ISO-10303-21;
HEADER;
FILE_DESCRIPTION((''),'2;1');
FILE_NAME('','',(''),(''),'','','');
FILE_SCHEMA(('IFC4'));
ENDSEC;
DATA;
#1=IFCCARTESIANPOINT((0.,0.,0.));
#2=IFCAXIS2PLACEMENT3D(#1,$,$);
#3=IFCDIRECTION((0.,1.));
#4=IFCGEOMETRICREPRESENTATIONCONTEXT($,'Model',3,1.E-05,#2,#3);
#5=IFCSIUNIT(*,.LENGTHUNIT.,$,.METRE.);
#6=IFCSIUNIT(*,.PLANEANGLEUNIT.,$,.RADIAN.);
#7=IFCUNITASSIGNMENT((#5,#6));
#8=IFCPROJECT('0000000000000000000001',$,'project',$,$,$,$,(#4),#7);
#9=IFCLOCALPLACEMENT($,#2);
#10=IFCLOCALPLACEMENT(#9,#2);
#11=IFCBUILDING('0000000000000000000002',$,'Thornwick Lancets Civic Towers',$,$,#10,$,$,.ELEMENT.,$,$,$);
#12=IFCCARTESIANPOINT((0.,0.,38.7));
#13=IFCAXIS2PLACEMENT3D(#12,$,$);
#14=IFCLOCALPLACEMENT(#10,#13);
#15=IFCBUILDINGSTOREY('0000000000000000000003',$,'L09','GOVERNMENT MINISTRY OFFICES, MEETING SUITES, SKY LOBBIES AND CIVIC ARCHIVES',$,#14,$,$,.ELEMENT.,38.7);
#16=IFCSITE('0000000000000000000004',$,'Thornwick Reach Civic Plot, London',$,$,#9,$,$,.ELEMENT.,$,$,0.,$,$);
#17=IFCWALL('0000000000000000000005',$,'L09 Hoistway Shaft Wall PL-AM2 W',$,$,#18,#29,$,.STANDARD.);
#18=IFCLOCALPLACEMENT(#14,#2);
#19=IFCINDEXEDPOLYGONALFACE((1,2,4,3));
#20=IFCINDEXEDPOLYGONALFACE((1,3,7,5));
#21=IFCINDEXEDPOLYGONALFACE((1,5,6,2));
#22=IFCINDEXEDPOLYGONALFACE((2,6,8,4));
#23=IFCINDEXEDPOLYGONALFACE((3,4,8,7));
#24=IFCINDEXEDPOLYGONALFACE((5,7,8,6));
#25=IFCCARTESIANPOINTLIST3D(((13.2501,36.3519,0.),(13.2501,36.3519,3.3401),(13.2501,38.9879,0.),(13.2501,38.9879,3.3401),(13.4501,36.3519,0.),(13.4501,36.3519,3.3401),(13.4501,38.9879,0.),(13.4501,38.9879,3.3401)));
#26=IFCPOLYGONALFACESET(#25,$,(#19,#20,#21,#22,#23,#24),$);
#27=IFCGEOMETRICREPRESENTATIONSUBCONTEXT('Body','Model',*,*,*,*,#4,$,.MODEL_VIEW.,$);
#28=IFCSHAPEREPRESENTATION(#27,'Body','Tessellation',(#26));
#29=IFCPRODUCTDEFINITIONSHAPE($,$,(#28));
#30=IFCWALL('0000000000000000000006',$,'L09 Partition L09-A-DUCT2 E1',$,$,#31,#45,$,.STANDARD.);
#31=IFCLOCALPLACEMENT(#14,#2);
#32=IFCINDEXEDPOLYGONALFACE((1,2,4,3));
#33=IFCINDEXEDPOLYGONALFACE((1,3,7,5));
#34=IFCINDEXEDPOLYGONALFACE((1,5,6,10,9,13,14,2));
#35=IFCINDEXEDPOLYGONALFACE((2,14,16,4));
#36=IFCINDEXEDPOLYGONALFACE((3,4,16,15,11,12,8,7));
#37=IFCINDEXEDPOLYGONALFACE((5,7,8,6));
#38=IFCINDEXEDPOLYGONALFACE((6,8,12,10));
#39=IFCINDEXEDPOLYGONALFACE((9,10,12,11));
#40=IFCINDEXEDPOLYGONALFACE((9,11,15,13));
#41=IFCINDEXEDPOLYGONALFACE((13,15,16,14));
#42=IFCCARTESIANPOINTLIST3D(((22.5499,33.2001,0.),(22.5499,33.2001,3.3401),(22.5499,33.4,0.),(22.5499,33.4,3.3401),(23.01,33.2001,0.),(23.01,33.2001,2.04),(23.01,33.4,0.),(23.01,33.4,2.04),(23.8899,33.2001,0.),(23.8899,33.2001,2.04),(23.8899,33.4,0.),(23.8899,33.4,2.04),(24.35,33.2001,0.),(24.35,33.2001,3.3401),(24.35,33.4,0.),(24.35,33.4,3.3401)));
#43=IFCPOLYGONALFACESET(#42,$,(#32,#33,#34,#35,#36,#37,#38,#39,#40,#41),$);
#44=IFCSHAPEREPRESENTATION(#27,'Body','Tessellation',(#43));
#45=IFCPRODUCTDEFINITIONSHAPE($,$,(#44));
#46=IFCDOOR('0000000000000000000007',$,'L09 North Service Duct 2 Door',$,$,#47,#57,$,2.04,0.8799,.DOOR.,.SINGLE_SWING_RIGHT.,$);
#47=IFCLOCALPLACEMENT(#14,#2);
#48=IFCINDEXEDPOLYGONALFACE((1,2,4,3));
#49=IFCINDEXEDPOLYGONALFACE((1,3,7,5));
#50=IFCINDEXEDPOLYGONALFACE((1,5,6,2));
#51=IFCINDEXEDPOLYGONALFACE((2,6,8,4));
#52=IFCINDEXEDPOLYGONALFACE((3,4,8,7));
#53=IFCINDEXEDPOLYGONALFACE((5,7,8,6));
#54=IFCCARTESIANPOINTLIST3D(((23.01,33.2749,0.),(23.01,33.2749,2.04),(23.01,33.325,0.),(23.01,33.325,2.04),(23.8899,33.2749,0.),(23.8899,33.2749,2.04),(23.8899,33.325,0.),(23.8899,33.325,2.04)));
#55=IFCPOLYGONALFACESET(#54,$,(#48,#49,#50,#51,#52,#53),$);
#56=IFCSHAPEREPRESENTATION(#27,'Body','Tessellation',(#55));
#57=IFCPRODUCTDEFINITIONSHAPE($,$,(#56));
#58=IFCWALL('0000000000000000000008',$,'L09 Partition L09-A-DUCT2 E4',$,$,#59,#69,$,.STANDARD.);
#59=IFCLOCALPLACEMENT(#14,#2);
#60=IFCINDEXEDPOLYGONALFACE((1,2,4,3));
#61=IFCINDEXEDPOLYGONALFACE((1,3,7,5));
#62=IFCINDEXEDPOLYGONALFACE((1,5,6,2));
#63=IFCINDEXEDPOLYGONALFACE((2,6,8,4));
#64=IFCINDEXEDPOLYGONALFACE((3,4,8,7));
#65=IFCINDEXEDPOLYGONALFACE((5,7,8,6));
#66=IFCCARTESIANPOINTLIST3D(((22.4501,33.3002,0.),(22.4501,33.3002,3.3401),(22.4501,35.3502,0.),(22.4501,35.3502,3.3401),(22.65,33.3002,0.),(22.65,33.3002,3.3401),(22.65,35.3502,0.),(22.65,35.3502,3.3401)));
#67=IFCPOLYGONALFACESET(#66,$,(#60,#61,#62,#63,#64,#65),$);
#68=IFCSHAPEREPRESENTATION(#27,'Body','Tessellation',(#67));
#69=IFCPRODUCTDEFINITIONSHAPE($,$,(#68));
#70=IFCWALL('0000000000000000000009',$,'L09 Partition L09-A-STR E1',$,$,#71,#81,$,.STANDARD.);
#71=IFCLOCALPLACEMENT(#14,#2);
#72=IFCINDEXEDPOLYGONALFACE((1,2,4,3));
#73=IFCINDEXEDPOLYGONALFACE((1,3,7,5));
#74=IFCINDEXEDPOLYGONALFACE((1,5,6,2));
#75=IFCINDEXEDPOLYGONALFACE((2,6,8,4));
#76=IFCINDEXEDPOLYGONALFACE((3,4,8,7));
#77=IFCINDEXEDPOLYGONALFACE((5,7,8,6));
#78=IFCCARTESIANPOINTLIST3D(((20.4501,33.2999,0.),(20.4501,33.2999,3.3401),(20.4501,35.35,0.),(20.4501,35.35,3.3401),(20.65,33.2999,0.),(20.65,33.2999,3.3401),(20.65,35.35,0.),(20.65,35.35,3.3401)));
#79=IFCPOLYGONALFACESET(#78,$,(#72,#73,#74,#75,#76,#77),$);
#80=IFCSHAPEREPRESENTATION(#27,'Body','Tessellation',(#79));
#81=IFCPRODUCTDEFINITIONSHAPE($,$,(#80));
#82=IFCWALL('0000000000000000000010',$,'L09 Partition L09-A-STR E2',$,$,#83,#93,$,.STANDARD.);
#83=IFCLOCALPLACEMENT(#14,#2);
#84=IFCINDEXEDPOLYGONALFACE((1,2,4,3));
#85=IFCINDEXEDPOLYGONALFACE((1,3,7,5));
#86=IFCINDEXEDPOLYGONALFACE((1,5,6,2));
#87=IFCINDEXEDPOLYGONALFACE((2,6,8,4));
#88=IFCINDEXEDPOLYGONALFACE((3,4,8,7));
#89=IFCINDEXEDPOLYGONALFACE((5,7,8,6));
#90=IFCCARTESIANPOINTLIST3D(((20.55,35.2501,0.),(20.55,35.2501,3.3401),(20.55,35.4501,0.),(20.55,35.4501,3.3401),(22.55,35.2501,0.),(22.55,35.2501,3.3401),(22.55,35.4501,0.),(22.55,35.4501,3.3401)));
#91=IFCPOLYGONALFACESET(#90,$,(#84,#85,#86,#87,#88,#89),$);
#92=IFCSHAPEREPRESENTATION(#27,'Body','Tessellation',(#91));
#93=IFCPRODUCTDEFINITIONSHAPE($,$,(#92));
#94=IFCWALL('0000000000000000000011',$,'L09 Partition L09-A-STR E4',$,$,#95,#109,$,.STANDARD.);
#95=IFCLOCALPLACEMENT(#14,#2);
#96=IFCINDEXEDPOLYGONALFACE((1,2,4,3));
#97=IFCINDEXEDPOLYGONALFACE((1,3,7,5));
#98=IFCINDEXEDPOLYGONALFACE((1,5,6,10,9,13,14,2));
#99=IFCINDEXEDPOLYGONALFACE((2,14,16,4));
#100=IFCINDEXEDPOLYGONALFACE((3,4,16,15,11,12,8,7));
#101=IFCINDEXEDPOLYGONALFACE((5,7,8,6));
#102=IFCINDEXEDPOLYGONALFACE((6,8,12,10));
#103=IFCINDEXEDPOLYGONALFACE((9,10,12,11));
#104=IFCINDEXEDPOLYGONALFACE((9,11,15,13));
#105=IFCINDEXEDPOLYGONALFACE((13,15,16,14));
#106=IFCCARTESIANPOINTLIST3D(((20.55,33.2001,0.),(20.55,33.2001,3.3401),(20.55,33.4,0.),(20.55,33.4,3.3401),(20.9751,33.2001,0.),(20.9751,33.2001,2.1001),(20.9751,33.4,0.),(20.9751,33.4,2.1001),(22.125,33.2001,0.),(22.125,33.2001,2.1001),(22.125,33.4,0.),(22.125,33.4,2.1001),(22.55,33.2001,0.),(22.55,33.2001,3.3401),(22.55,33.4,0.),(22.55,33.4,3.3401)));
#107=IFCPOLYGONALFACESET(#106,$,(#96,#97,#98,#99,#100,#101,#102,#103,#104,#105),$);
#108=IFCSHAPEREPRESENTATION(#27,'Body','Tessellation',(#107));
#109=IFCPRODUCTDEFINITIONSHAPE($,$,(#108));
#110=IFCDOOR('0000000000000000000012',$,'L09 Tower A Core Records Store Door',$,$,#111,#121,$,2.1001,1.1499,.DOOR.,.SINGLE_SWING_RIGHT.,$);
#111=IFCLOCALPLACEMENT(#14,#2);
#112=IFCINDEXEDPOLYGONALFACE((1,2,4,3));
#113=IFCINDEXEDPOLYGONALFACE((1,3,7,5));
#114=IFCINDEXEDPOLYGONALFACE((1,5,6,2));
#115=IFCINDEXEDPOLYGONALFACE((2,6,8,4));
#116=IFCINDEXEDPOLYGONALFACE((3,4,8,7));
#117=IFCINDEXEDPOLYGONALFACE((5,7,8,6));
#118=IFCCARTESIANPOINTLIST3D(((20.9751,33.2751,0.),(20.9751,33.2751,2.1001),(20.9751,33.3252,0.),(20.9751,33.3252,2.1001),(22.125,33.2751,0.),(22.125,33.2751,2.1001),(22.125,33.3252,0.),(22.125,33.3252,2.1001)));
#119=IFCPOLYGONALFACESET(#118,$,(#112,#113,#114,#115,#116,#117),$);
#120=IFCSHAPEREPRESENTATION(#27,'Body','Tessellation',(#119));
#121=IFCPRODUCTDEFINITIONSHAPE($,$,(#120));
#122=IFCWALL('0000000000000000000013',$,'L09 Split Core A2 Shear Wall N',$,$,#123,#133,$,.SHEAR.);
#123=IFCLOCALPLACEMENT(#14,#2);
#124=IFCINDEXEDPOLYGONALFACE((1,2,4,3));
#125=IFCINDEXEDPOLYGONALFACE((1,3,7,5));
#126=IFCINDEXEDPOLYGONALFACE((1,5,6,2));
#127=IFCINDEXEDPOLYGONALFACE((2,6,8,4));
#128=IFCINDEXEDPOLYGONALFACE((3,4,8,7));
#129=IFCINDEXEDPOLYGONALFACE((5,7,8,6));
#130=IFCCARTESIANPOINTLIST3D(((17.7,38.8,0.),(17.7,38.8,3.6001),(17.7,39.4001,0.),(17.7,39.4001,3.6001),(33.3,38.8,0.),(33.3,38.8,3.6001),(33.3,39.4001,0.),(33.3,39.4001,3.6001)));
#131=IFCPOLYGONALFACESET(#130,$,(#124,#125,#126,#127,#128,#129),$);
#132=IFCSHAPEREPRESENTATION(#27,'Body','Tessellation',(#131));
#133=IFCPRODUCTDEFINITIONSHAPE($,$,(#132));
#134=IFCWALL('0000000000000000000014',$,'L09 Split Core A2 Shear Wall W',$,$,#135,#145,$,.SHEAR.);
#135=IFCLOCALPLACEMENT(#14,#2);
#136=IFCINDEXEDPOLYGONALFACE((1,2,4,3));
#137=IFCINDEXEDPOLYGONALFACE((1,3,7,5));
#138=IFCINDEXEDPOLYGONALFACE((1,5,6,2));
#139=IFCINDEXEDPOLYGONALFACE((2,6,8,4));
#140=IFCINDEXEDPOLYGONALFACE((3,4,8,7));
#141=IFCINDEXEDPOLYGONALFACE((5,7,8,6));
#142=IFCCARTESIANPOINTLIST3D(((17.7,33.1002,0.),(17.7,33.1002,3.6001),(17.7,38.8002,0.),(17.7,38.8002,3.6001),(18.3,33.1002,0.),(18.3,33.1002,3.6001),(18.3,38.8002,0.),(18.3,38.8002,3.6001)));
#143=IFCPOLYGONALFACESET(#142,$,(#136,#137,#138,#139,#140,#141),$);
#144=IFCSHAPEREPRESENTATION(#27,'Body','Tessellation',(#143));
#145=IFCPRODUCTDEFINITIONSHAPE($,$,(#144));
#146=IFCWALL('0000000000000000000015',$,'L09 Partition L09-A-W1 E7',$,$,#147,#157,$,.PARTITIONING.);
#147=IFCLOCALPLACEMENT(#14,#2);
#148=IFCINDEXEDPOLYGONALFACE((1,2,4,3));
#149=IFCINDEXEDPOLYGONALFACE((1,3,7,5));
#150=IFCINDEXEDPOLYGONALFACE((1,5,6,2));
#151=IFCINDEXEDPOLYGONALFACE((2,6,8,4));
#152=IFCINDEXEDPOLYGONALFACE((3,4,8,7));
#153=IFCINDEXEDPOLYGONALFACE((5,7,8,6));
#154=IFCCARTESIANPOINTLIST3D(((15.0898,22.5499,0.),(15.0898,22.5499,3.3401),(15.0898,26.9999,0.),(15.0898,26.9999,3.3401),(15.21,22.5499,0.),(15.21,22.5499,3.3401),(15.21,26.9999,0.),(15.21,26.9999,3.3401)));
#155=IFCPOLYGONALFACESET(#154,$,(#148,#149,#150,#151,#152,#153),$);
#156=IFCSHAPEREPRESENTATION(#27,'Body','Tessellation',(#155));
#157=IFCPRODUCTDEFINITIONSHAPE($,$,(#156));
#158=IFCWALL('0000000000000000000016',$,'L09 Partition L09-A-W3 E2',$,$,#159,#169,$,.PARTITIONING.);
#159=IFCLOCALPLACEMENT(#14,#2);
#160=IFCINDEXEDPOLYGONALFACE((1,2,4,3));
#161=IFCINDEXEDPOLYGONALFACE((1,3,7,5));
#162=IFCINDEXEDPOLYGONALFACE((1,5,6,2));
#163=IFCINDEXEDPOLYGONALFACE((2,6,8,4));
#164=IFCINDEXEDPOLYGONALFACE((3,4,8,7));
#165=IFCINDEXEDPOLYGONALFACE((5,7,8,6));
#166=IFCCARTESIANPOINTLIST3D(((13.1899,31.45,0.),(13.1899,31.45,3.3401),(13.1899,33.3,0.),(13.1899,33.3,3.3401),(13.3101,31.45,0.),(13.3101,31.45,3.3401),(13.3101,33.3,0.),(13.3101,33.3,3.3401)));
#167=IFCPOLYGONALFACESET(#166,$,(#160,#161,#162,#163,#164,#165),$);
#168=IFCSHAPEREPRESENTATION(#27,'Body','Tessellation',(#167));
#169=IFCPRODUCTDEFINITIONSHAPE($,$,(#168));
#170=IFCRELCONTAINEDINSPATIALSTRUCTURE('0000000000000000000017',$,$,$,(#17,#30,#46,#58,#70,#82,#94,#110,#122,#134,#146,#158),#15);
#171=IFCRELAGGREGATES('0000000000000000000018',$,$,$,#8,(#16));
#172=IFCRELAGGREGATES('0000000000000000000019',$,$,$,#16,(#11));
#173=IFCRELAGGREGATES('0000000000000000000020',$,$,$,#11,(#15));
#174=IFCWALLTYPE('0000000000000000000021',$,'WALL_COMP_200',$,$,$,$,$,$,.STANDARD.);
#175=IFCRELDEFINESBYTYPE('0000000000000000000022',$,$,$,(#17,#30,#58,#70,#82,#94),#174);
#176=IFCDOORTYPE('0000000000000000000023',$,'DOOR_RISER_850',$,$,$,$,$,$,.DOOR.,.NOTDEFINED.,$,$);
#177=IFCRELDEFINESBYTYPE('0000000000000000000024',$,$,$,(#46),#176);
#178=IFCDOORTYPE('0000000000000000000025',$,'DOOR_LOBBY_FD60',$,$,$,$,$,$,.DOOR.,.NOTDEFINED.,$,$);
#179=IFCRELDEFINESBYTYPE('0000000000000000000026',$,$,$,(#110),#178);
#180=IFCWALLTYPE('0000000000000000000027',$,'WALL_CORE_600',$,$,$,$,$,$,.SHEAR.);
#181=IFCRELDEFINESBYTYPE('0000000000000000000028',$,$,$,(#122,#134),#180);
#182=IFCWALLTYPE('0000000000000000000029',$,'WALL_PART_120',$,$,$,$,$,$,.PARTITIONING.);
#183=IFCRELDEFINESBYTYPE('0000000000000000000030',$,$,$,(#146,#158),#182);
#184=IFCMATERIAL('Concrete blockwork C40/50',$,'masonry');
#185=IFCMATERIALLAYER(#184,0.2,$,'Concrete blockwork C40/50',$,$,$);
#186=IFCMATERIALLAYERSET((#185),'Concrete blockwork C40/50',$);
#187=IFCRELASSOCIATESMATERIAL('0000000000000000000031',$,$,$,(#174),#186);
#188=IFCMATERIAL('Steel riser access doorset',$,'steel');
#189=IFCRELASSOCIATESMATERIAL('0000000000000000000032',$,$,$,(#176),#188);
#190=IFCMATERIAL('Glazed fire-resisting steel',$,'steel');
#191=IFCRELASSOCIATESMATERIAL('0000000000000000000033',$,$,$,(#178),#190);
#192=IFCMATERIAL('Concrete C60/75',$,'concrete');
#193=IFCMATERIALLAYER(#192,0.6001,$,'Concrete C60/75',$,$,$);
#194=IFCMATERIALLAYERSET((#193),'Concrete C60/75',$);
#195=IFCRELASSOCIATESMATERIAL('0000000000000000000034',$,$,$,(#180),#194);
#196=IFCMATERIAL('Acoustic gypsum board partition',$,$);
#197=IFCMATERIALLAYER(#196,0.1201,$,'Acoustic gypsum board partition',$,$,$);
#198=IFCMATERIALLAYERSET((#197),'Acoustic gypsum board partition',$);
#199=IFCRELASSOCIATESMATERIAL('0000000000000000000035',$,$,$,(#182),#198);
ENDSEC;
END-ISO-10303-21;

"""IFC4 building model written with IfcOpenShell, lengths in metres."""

from ifc_helpers import new_model, si_unit, direction, frame, frame_2d, origin, place, context, subcontext, project, spatial, rectangle, extrude, material, layer, layer_set, type_object, element, fill, save


model = new_model("IFC4")

# Units and contexts
model_context = context("Model", 3, precision=1e-05, world=origin(), true_north=direction((0.0, 1.0)))
body_context = subcontext(model_context, "Body", "Model", "MODEL_VIEW")
ifc_project = project(units=[si_unit("LENGTHUNIT", "METRE"), si_unit("PLANEANGLEUNIT", "RADIAN")], contexts=[model_context])

# Site, building, storey
site_placement = place(None, origin())
site = spatial("IfcSite", under=ifc_project, at=site_placement, Name="Thornwick Reach Civic Plot, London", CompositionType="ELEMENT", RefElevation=0.0)
building_placement = place(site_placement, origin())
building = spatial("IfcBuilding", under=site, at=building_placement, Name="Thornwick Lancets Civic Towers", CompositionType="ELEMENT")
storey_placement = place(building_placement, frame((0.0, 0.0, 38.7)))
storey = spatial("IfcBuildingStorey", under=building, at=storey_placement, Name="L09", Description="GOVERNMENT MINISTRY OFFICES, MEETING SUITES, SKY LOBBIES AND CIVIC ARCHIVES", CompositionType="ELEMENT", Elevation=38.7)

# Shared definitions
ifc_material_1 = material(Name="Concrete C60/75", Category="concrete")

# Wall
ifc_material_2 = material(Name="Concrete blockwork C40/50", Category="masonry")
ifc_layer_1 = layer(ifc_material_2, 0.2, Name="Concrete blockwork C40/50")
ifc_layer_set_1 = layer_set([ifc_layer_1], Name="Concrete blockwork C40/50")
wall_type_1 = type_object("IfcWallType", Name="WALL_COMP_200", PredefinedType="STANDARD", material=ifc_layer_set_1)
for number, where, z_axis, x_axis, name in (
    (1, (13.3501, 36.3521, 0.0), (0.0, 0.0, 1.0), (0.0, 1.0, 0.0), "L09 Hoistway Shaft Wall PL-AM2 W"),
):
    element("IfcWall", number, at=place(storey_placement, frame(where, z_axis=z_axis, x_axis=x_axis)), inside=storey, type_object=wall_type_1, Name=name, PredefinedType="STANDARD", context=body_context, shape_type="SweptSolid", body=[
        extrude(rectangle(XDim=2.636, YDim=0.2, at=frame_2d((1.3179, 0.0))), origin(), (0.0, 0.0, 1.0), 3.3401),
    ])

# Wall, opening, door
wall_1_placement = place(storey_placement, frame((22.55, 33.3, 0.0), z_axis=(0.0, 0.0, 1.0), x_axis=(1.0, 0.0, 0.0)))
wall_1 = element("IfcWall", 2, at=wall_1_placement, inside=storey, type_object=wall_type_1, Name="L09 Partition L09-A-DUCT2 E1", PredefinedType="STANDARD", context=body_context, shape_type="SweptSolid", body=[
    extrude(rectangle(XDim=1.8, YDim=0.2, at=frame_2d((0.8999, 0.0))), origin(), (0.0, 0.0, 1.0), 3.3401),
])
opening_1_placement = place(wall_1_placement, frame((0.46, 0.0, 0.0)))
opening_1 = element("IfcOpeningElement", 3, at=opening_1_placement, cuts=wall_1, PredefinedType="OPENING", context=body_context, shape_type="SweptSolid", body=[
    extrude(rectangle(XDim=0.8799, YDim=2.04, at=frame_2d((0.4399, 1.02))), frame((0.0, 0.1099, 0.0), z_axis=(0.0, -1.0, 0.0), x_axis=(1.0, 0.0, 0.0)), (0.0, 0.0, 1.0), 0.22),
])
ifc_material_3 = material(Name="Steel riser access doorset", Category="steel")
door_type_1 = type_object("IfcDoorType", Name="DOOR_RISER_850", OperationType="NOTDEFINED", PredefinedType="DOOR", material=ifc_material_3)
door_1_placement = place(opening_1_placement, origin())
door_1 = element("IfcDoor", 4, at=door_1_placement, inside=storey, type_object=door_type_1, Name="L09 North Service Duct 2 Door", OperationType="SINGLE_SWING_RIGHT", OverallHeight=2.04, OverallWidth=0.8799, PredefinedType="DOOR", context=body_context, shape_type="SweptSolid", body=[
    extrude(rectangle(XDim=0.8799, YDim=2.04, at=frame_2d((0.4399, 1.02))), frame((0.0, 0.0249, 0.0), z_axis=(0.0, -1.0, 0.0), x_axis=(1.0, 0.0, 0.0)), (0.0, 0.0, 1.0), 0.05),
])
fill(opening_1, door_1)

# Walls
for number, where, z_axis, x_axis, name in (
    (5, (22.55, 35.3501, 0.0), (0.0, 0.0, 1.0), (0.0, -1.0, 0.0), "L09 Partition L09-A-DUCT2 E4"),
    (6, (20.55, 33.3, 0.0), (0.0, 0.0, 1.0), (0.0, 1.0, 0.0), "L09 Partition L09-A-STR E1"),
):
    element("IfcWall", number, at=place(storey_placement, frame(where, z_axis=z_axis, x_axis=x_axis)), inside=storey, type_object=wall_type_1, Name=name, PredefinedType="STANDARD", context=body_context, shape_type="SweptSolid", body=[
        extrude(rectangle(XDim=2.05, YDim=0.2, at=frame_2d((1.0249, 0.0))), origin(), (0.0, 0.0, 1.0), 3.3401),
    ])
wall_2_placement = place(storey_placement, frame((20.55, 35.3501, 0.0), z_axis=(0.0, 0.0, 1.0), x_axis=(1.0, 0.0, 0.0)))
element("IfcWall", 7, at=wall_2_placement, inside=storey, type_object=wall_type_1, Name="L09 Partition L09-A-STR E2", PredefinedType="STANDARD", context=body_context, shape_type="SweptSolid", body=[
    extrude(rectangle(XDim=2.0, YDim=0.2, at=frame_2d((1.0, 0.0))), origin(), (0.0, 0.0, 1.0), 3.3401),
])

# Wall, opening, door
wall_3_placement = place(storey_placement, frame((22.55, 33.3, 0.0), z_axis=(0.0, 0.0, 1.0), x_axis=(-1.0, 0.0, 0.0)))
wall_3 = element("IfcWall", 8, at=wall_3_placement, inside=storey, type_object=wall_type_1, Name="L09 Partition L09-A-STR E4", PredefinedType="STANDARD", context=body_context, shape_type="SweptSolid", body=[
    extrude(rectangle(XDim=2.0, YDim=0.2, at=frame_2d((1.0, 0.0))), origin(), (0.0, 0.0, 1.0), 3.3401),
])
opening_2_placement = place(wall_3_placement, frame((0.425, 0.0, 0.0)))
opening_2 = element("IfcOpeningElement", 9, at=opening_2_placement, cuts=wall_3, PredefinedType="OPENING", context=body_context, shape_type="SweptSolid", body=[
    extrude(rectangle(XDim=1.1499, YDim=2.1001, at=frame_2d((0.575, 1.05))), frame((0.0, 0.1099, 0.0), z_axis=(0.0, -1.0, 0.0), x_axis=(1.0, 0.0, 0.0)), (0.0, 0.0, 1.0), 0.22),
])
ifc_material_4 = material(Name="Glazed fire-resisting steel", Category="steel")
door_type_2 = type_object("IfcDoorType", Name="DOOR_LOBBY_FD60", OperationType="NOTDEFINED", PredefinedType="DOOR", material=ifc_material_4)
door_2_placement = place(opening_2_placement, origin())
door_2 = element("IfcDoor", 10, at=door_2_placement, inside=storey, type_object=door_type_2, Name="L09 Tower A Core Records Store Door", OperationType="SINGLE_SWING_RIGHT", OverallHeight=2.1001, OverallWidth=1.1499, PredefinedType="DOOR", context=body_context, shape_type="SweptSolid", body=[
    extrude(rectangle(XDim=1.1499, YDim=2.1001, at=frame_2d((0.575, 1.05))), frame((0.0, 0.0249, 0.0), z_axis=(0.0, -1.0, 0.0), x_axis=(1.0, 0.0, 0.0)), (0.0, 0.0, 1.0), 0.05),
])
fill(opening_2, door_2)

# Walls
ifc_layer_2 = layer(ifc_material_1, 0.6001, Name="Concrete C60/75")
ifc_layer_set_2 = layer_set([ifc_layer_2], Name="Concrete C60/75")
wall_type_2 = type_object("IfcWallType", Name="WALL_CORE_600", PredefinedType="SHEAR", material=ifc_layer_set_2)
wall_4_placement = place(storey_placement, frame((17.7, 39.1001, 0.0), z_axis=(0.0, 0.0, 1.0), x_axis=(1.0, 0.0, 0.0)))
element("IfcWall", 11, at=wall_4_placement, inside=storey, type_object=wall_type_2, Name="L09 Split Core A2 Shear Wall N", PredefinedType="SHEAR", context=body_context, shape_type="SweptSolid", body=[
    extrude(rectangle(XDim=15.6001, YDim=0.6001, at=frame_2d((7.8, 0.0))), origin(), (0.0, 0.0, 1.0), 3.6001),
])
wall_5_placement = place(storey_placement, frame((18.0, 33.1001, 0.0), z_axis=(0.0, 0.0, 1.0), x_axis=(0.0, 1.0, 0.0)))
element("IfcWall", 12, at=wall_5_placement, inside=storey, type_object=wall_type_2, Name="L09 Split Core A2 Shear Wall W", PredefinedType="SHEAR", context=body_context, shape_type="SweptSolid", body=[
    extrude(rectangle(XDim=5.7, YDim=0.6001, at=frame_2d((2.8501, 0.0))), origin(), (0.0, 0.0, 1.0), 3.6001),
])
ifc_material_5 = material(Name="Acoustic gypsum board partition")
ifc_layer_3 = layer(ifc_material_5, 0.1201, Name="Acoustic gypsum board partition")
ifc_layer_set_3 = layer_set([ifc_layer_3], Name="Acoustic gypsum board partition")
wall_type_3 = type_object("IfcWallType", Name="WALL_PART_120", PredefinedType="PARTITIONING", material=ifc_layer_set_3)
wall_6_placement = place(storey_placement, frame((15.1499, 27.0, 0.0), z_axis=(0.0, 0.0, 1.0), x_axis=(0.0, -1.0, 0.0)))
element("IfcWall", 13, at=wall_6_placement, inside=storey, type_object=wall_type_3, Name="L09 Partition L09-A-W1 E7", PredefinedType="PARTITIONING", context=body_context, shape_type="SweptSolid", body=[
    extrude(rectangle(XDim=4.45, YDim=0.1201, at=frame_2d((2.2251, 0.0))), origin(), (0.0, 0.0, 1.0), 3.3401),
])
wall_7_placement = place(storey_placement, frame((13.25, 33.3, 0.0), z_axis=(0.0, 0.0, 1.0), x_axis=(0.0, -1.0, 0.0)))
element("IfcWall", 14, at=wall_7_placement, inside=storey, type_object=wall_type_3, Name="L09 Partition L09-A-W3 E2", PredefinedType="PARTITIONING", context=body_context, shape_type="SweptSolid", body=[
    extrude(rectangle(XDim=1.8501, YDim=0.1201, at=frame_2d((0.925, 0.0))), origin(), (0.0, 0.0, 1.0), 3.3401),
])

save(model, "model.ifc")
